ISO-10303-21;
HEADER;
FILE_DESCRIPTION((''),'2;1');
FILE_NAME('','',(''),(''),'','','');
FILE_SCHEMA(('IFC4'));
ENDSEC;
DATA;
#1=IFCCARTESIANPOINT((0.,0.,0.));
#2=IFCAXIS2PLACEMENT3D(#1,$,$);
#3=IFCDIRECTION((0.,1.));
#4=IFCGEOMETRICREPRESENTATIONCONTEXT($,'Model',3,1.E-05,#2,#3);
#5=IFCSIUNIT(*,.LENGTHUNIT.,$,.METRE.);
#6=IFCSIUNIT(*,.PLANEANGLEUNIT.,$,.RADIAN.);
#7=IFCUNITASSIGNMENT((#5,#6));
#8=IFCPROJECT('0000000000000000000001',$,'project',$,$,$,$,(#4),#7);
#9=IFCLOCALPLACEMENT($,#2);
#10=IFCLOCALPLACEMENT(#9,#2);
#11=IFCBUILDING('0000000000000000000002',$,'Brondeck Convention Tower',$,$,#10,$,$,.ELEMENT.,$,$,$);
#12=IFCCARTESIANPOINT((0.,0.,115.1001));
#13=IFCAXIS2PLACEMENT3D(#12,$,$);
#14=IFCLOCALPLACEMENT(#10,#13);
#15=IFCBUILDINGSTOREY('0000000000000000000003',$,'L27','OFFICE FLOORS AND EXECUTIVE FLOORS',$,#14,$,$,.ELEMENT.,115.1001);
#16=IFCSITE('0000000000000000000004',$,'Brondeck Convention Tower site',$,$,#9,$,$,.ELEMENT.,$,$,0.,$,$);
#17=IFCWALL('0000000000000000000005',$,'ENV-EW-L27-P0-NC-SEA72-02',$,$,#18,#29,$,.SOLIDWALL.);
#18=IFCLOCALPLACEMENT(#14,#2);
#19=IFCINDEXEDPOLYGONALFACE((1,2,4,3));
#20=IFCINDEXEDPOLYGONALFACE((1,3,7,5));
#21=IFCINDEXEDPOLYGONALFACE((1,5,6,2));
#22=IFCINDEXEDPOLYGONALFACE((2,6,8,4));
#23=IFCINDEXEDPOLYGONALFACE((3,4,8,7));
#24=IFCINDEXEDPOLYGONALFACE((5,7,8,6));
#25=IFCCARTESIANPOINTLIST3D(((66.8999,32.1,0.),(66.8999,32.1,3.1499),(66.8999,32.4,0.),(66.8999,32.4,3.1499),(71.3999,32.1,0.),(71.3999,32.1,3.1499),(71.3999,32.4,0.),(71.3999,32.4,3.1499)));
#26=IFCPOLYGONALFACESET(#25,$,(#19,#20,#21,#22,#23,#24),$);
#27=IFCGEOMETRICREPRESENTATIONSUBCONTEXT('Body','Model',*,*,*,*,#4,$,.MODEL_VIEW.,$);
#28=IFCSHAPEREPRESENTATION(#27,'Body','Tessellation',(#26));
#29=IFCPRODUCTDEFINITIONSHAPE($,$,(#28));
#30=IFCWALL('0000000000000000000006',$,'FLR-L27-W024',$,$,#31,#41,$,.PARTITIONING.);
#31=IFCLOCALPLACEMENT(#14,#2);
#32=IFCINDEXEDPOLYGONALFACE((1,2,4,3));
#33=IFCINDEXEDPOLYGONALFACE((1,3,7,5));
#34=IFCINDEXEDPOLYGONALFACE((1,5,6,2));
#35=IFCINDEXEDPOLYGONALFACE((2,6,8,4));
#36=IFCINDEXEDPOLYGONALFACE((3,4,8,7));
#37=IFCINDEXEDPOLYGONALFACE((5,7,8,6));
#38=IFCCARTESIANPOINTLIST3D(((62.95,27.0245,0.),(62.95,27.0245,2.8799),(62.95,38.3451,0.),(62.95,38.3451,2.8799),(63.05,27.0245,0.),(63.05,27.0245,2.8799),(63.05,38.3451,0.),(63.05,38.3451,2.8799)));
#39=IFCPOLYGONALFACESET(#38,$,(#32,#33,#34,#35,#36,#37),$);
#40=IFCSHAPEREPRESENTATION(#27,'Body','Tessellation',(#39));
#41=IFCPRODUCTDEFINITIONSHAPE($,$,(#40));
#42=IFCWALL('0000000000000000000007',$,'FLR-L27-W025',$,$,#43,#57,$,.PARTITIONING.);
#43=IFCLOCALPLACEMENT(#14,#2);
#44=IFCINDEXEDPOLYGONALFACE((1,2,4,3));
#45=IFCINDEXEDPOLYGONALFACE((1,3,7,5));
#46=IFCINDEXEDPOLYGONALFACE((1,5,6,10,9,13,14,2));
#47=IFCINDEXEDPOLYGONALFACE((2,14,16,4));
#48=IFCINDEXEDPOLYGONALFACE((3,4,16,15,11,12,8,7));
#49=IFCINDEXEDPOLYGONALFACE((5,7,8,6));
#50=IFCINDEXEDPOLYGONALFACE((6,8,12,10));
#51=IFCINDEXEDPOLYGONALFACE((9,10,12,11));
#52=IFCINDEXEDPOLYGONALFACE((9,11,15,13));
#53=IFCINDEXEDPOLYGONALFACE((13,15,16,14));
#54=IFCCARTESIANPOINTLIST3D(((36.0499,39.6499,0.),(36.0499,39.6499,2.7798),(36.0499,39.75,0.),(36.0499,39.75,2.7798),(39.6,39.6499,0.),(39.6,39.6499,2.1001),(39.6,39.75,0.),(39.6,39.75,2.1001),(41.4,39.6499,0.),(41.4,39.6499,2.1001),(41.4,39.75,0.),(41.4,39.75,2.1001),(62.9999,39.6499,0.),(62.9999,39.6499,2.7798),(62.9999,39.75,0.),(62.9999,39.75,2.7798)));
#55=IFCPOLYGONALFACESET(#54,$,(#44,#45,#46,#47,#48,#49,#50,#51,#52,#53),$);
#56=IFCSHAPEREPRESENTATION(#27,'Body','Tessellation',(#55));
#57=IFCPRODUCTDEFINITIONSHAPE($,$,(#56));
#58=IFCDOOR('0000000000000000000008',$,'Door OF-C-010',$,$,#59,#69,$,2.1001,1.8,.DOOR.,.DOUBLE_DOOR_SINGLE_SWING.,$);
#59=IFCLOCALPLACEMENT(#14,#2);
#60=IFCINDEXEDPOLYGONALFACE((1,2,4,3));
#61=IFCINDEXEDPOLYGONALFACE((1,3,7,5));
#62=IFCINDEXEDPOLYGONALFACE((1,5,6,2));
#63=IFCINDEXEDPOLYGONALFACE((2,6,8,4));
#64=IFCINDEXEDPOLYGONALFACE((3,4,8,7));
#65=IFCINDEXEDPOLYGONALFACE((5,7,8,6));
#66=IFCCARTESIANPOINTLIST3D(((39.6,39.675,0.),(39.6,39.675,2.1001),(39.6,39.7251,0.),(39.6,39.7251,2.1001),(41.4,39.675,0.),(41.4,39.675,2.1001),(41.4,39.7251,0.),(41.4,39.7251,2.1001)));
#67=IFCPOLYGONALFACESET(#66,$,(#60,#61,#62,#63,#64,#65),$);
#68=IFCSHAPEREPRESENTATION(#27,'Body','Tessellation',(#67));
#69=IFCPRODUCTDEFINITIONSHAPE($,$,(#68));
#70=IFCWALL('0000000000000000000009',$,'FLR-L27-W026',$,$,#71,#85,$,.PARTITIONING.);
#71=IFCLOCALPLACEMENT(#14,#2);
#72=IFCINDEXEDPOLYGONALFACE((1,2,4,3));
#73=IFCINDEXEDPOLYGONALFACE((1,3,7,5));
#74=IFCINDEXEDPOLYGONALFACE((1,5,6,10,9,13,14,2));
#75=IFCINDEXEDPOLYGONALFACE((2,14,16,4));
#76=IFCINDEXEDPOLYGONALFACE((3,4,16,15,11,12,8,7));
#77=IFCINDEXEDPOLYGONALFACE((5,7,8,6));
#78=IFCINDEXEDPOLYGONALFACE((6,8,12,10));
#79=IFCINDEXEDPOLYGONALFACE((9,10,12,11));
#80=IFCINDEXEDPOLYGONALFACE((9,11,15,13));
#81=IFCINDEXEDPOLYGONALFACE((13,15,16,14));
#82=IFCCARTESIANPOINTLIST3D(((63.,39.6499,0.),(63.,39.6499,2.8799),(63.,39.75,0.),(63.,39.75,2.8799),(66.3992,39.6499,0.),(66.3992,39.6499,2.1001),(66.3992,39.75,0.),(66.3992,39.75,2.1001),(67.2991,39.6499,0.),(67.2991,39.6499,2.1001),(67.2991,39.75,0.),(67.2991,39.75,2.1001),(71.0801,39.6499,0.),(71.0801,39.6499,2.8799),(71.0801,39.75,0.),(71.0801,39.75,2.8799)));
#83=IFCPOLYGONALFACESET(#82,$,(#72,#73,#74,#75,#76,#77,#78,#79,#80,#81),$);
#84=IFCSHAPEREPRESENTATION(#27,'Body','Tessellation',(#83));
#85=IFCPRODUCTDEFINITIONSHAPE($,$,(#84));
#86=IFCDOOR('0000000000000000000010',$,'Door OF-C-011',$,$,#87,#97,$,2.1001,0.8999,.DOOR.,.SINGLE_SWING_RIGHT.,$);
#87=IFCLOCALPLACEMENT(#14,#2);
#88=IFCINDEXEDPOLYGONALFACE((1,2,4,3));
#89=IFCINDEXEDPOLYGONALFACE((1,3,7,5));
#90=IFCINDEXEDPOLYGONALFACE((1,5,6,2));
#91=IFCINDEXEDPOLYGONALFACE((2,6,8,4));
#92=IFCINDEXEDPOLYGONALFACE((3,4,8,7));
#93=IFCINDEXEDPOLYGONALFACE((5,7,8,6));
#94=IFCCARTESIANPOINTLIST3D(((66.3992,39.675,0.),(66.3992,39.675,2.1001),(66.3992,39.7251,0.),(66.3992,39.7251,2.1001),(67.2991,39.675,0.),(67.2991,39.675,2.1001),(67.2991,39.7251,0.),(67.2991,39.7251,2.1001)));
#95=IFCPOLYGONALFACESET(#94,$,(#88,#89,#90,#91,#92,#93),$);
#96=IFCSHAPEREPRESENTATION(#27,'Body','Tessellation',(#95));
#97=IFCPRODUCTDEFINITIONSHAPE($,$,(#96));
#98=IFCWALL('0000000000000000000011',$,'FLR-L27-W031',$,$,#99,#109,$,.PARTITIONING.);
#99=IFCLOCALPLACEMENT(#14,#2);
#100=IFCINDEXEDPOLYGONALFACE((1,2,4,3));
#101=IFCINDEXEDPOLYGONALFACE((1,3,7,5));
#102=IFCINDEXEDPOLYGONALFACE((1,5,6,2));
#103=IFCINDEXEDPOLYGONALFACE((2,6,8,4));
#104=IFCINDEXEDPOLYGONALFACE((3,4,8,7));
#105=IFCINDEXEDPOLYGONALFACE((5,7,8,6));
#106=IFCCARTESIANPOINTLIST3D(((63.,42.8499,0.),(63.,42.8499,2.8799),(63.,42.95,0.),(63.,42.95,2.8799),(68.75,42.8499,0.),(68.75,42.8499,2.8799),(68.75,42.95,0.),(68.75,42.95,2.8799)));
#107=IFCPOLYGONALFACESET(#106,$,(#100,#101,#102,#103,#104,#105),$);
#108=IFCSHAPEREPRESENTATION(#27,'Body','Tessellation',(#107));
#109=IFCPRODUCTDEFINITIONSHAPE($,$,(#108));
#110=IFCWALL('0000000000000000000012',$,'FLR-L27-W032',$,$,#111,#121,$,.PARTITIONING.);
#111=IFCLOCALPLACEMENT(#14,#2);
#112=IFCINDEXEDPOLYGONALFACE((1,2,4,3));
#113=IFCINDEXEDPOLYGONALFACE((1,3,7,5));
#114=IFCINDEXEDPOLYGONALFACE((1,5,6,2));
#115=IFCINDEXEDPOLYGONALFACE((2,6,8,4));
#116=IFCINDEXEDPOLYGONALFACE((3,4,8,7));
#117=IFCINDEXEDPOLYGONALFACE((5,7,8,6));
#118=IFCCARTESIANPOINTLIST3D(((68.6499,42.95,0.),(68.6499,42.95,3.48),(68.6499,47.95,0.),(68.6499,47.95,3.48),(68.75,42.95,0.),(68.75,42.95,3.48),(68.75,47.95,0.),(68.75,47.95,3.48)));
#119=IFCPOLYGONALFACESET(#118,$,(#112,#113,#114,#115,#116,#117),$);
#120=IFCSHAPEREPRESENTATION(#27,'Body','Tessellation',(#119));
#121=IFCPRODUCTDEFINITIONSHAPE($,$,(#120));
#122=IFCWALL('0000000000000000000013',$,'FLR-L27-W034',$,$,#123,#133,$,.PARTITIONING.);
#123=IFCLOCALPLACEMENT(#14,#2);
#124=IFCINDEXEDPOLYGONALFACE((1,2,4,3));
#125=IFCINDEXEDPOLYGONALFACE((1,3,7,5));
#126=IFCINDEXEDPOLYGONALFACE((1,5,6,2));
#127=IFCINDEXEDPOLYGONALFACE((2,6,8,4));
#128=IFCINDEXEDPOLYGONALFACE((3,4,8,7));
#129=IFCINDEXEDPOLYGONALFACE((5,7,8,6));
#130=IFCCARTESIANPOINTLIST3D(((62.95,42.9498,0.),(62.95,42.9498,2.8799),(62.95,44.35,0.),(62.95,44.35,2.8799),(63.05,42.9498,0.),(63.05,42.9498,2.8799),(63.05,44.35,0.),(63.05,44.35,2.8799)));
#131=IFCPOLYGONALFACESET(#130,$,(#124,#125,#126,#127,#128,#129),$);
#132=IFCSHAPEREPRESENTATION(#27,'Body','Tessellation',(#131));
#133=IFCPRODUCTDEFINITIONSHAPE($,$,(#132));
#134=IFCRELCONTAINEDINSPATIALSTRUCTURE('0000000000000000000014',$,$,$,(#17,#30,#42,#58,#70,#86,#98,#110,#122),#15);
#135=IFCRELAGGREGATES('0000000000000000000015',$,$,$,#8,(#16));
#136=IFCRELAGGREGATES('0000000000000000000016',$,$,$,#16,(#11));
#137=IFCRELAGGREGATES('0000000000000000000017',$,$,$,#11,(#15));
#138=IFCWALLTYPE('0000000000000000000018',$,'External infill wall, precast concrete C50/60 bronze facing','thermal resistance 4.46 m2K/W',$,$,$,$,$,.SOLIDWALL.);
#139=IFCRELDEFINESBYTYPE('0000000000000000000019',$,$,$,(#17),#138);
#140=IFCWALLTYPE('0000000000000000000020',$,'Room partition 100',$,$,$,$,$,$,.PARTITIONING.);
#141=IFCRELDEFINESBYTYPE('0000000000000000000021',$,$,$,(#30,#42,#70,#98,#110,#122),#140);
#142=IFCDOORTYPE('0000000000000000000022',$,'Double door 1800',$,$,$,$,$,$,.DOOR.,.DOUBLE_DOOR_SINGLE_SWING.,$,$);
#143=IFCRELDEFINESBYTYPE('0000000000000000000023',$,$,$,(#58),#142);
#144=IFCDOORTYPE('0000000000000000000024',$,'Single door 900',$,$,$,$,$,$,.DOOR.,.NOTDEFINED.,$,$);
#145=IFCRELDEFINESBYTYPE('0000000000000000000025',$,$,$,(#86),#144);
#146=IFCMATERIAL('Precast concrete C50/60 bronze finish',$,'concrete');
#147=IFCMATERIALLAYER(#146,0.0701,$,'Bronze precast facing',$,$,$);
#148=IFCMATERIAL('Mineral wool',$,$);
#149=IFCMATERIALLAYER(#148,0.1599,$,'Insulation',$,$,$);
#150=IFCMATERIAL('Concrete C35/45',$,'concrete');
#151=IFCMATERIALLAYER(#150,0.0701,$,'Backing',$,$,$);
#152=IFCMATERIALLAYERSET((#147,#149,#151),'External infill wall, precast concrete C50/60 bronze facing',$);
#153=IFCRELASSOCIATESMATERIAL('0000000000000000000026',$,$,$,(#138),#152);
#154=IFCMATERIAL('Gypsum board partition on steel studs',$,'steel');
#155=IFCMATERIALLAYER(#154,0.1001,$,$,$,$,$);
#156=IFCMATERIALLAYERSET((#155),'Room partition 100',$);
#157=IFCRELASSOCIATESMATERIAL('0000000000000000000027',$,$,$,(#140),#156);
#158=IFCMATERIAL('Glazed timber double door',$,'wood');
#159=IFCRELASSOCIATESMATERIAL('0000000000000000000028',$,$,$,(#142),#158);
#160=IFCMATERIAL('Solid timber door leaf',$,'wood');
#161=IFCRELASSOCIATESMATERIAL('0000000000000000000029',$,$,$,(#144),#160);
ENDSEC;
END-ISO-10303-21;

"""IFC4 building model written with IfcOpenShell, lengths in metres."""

from ifc_helpers import new_model, si_unit, direction, frame, frame_2d, origin, place, context, subcontext, project, spatial, rectangle, extrude, material, layer, layer_set, type_object, element, fill, save


model = new_model("IFC4")

# Units and contexts
model_context = context("Model", 3, precision=1e-05, world=origin(), true_north=direction((0.0, 1.0)))
body_context = subcontext(model_context, "Body", "Model", "MODEL_VIEW")
ifc_project = project(units=[si_unit("LENGTHUNIT", "METRE"), si_unit("PLANEANGLEUNIT", "RADIAN")], contexts=[model_context])

# Site, building, storey
site_placement = place(None, origin())
site = spatial("IfcSite", under=ifc_project, at=site_placement, Name="Brondeck Convention Tower site", CompositionType="ELEMENT", RefElevation=0.0)
building_placement = place(site_placement, origin())
building = spatial("IfcBuilding", under=site, at=building_placement, Name="Brondeck Convention Tower", CompositionType="ELEMENT")
storey_placement = place(building_placement, frame((0.0, 0.0, 115.1001)))
storey = spatial("IfcBuildingStorey", under=building, at=storey_placement, Name="L27", Description="OFFICE FLOORS AND EXECUTIVE FLOORS", CompositionType="ELEMENT", Elevation=115.1001)

# Shared definitions
ifc_material_1 = material(Name="Precast concrete C50/60 bronze finish", Category="concrete")
ifc_layer_1 = layer(ifc_material_1, 0.0701, Name="Bronze precast facing")
ifc_material_2 = material(Name="Mineral wool")
ifc_layer_2 = layer(ifc_material_2, 0.1599, Name="Insulation")
ifc_material_3 = material(Name="Concrete C35/45", Category="concrete")
ifc_layer_3 = layer(ifc_material_3, 0.0701, Name="Backing")
ifc_layer_set_1 = layer_set([ifc_layer_1, ifc_layer_2, ifc_layer_3], Name="External infill wall, precast concrete C50/60 bronze facing")
wall_type_1 = type_object("IfcWallType", Name="External infill wall, precast concrete C50/60 bronze facing", Description="thermal resistance 4.46 m2K/W", PredefinedType="SOLIDWALL", material=ifc_layer_set_1)

# Walls
wall_1_placement = place(storey_placement, frame((71.3999, 32.25, 0.0), z_axis=(0.0, 0.0, 1.0), x_axis=(-1.0, 0.0, 0.0)))
element("IfcWall", 1, at=wall_1_placement, inside=storey, type_object=wall_type_1, Name="ENV-EW-L27-P0-NC-SEA72-02", PredefinedType="SOLIDWALL", context=body_context, shape_type="SweptSolid", body=[
    extrude(rectangle(XDim=4.5, YDim=0.3, at=frame_2d((2.25, 0.0))), origin(), (0.0, 0.0, 1.0), 3.1499),
])
ifc_material_4 = material(Name="Gypsum board partition on steel studs", Category="steel")
ifc_layer_4 = layer(ifc_material_4, 0.1001)
ifc_layer_set_2 = layer_set([ifc_layer_4], Name="Room partition 100")
wall_type_2 = type_object("IfcWallType", Name="Room partition 100", PredefinedType="PARTITIONING", material=ifc_layer_set_2)
wall_2_placement = place(storey_placement, frame((63.0, 38.345, 0.0), z_axis=(0.0, 0.0, 1.0), x_axis=(0.0, -1.0, 0.0)))
element("IfcWall", 2, at=wall_2_placement, inside=storey, type_object=wall_type_2, Name="FLR-L27-W024", PredefinedType="PARTITIONING", context=body_context, shape_type="SweptSolid", body=[
    extrude(rectangle(XDim=11.3206, YDim=0.1001, at=frame_2d((5.6602, 0.0))), origin(), (0.0, 0.0, 1.0), 2.8799),
])

# Walls, openings, doors
wall_3_placement = place(storey_placement, frame((63.0, 39.7, 0.0), z_axis=(0.0, 0.0, 1.0), x_axis=(-1.0, 0.0, 0.0)))
wall_3 = element("IfcWall", 3, at=wall_3_placement, inside=storey, type_object=wall_type_2, Name="FLR-L27-W025", PredefinedType="PARTITIONING", context=body_context, shape_type="SweptSolid", body=[
    extrude(rectangle(XDim=26.95, YDim=0.1001, at=frame_2d((13.4751, 0.0))), origin(), (0.0, 0.0, 1.0), 2.7798),
])
opening_1_placement = place(wall_3_placement, frame((21.6001, 0.0, 0.0)))
opening_1 = element("IfcOpeningElement", 4, at=opening_1_placement, cuts=wall_3, PredefinedType="OPENING", context=body_context, shape_type="SweptSolid", body=[
    extrude(rectangle(XDim=1.8, YDim=2.1001, at=frame_2d((0.8999, 1.05))), frame((0.0, 0.0601, 0.0), z_axis=(0.0, -1.0, 0.0), x_axis=(1.0, 0.0, 0.0)), (0.0, 0.0, 1.0), 0.1201),
])
ifc_material_5 = material(Name="Glazed timber double door", Category="wood")
door_type_1 = type_object("IfcDoorType", Name="Double door 1800", OperationType="DOUBLE_DOOR_SINGLE_SWING", PredefinedType="DOOR", material=ifc_material_5)
door_1_placement = place(opening_1_placement, origin())
door_1 = element("IfcDoor", 5, at=door_1_placement, inside=storey, type_object=door_type_1, Name="Door OF-C-010", OperationType="DOUBLE_DOOR_SINGLE_SWING", OverallHeight=2.1001, OverallWidth=1.8, PredefinedType="DOOR", context=body_context, shape_type="SweptSolid", body=[
    extrude(rectangle(XDim=1.8, YDim=2.1001, at=frame_2d((0.8999, 1.05))), frame((0.0, 0.0249, 0.0), z_axis=(0.0, -1.0, 0.0), x_axis=(1.0, 0.0, 0.0)), (0.0, 0.0, 1.0), 0.05),
])
fill(opening_1, door_1)
wall_4_placement = place(storey_placement, frame((71.0801, 39.7, 0.0), z_axis=(0.0, 0.0, 1.0), x_axis=(-1.0, 0.0, 0.0)))
wall_4 = element("IfcWall", 6, at=wall_4_placement, inside=storey, type_object=wall_type_2, Name="FLR-L27-W026", PredefinedType="PARTITIONING", context=body_context, shape_type="SweptSolid", body=[
    extrude(rectangle(XDim=8.0801, YDim=0.1001, at=frame_2d((4.04, 0.0))), origin(), (0.0, 0.0, 1.0), 2.8799),
])
opening_2_placement = place(wall_4_placement, frame((3.781, 0.0, 0.0)))
opening_2 = element("IfcOpeningElement", 7, at=opening_2_placement, cuts=wall_4, PredefinedType="OPENING", context=body_context, shape_type="SweptSolid", body=[
    extrude(rectangle(XDim=0.8999, YDim=2.1001, at=frame_2d((0.45, 1.05))), frame((0.0, 0.0601, 0.0), z_axis=(0.0, -1.0, 0.0), x_axis=(1.0, 0.0, 0.0)), (0.0, 0.0, 1.0), 0.1201),
])
ifc_material_6 = material(Name="Solid timber door leaf", Category="wood")
door_type_2 = type_object("IfcDoorType", Name="Single door 900", OperationType="NOTDEFINED", PredefinedType="DOOR", material=ifc_material_6)
door_2_placement = place(opening_2_placement, origin())
door_2 = element("IfcDoor", 8, at=door_2_placement, inside=storey, type_object=door_type_2, Name="Door OF-C-011", OperationType="SINGLE_SWING_RIGHT", OverallHeight=2.1001, OverallWidth=0.8999, PredefinedType="DOOR", context=body_context, shape_type="SweptSolid", body=[
    extrude(rectangle(XDim=0.8999, YDim=2.1001, at=frame_2d((0.45, 1.05))), frame((0.0, 0.0249, 0.0), z_axis=(0.0, -1.0, 0.0), x_axis=(1.0, 0.0, 0.0)), (0.0, 0.0, 1.0), 0.05),
])
fill(opening_2, door_2)

# Walls
wall_5_placement = place(storey_placement, frame((63.0, 42.8999, 0.0), z_axis=(0.0, 0.0, 1.0), x_axis=(1.0, 0.0, 0.0)))
element("IfcWall", 9, at=wall_5_placement, inside=storey, type_object=wall_type_2, Name="FLR-L27-W031", PredefinedType="PARTITIONING", context=body_context, shape_type="SweptSolid", body=[
    extrude(rectangle(XDim=5.75, YDim=0.1001, at=frame_2d((2.875, 0.0))), origin(), (0.0, 0.0, 1.0), 2.8799),
])
wall_6_placement = place(storey_placement, frame((68.7, 42.95, 0.0), z_axis=(0.0, 0.0, 1.0), x_axis=(0.0, 1.0, 0.0)))
element("IfcWall", 10, at=wall_6_placement, inside=storey, type_object=wall_type_2, Name="FLR-L27-W032", PredefinedType="PARTITIONING", context=body_context, shape_type="SweptSolid", body=[
    extrude(rectangle(XDim=5.0, YDim=0.1001, at=frame_2d((2.5, 0.0))), origin(), (0.0, 0.0, 1.0), 3.48),
])
wall_7_placement = place(storey_placement, frame((63.0, 44.3501, 0.0), z_axis=(0.0, 0.0, 1.0), x_axis=(0.0, -1.0, 0.0)))
element("IfcWall", 11, at=wall_7_placement, inside=storey, type_object=wall_type_2, Name="FLR-L27-W034", PredefinedType="PARTITIONING", context=body_context, shape_type="SweptSolid", body=[
    extrude(rectangle(XDim=1.4001, YDim=0.1001, at=frame_2d((0.7002, 0.0))), origin(), (0.0, 0.0, 1.0), 2.8799),
])

save(model, "model.ifc")
